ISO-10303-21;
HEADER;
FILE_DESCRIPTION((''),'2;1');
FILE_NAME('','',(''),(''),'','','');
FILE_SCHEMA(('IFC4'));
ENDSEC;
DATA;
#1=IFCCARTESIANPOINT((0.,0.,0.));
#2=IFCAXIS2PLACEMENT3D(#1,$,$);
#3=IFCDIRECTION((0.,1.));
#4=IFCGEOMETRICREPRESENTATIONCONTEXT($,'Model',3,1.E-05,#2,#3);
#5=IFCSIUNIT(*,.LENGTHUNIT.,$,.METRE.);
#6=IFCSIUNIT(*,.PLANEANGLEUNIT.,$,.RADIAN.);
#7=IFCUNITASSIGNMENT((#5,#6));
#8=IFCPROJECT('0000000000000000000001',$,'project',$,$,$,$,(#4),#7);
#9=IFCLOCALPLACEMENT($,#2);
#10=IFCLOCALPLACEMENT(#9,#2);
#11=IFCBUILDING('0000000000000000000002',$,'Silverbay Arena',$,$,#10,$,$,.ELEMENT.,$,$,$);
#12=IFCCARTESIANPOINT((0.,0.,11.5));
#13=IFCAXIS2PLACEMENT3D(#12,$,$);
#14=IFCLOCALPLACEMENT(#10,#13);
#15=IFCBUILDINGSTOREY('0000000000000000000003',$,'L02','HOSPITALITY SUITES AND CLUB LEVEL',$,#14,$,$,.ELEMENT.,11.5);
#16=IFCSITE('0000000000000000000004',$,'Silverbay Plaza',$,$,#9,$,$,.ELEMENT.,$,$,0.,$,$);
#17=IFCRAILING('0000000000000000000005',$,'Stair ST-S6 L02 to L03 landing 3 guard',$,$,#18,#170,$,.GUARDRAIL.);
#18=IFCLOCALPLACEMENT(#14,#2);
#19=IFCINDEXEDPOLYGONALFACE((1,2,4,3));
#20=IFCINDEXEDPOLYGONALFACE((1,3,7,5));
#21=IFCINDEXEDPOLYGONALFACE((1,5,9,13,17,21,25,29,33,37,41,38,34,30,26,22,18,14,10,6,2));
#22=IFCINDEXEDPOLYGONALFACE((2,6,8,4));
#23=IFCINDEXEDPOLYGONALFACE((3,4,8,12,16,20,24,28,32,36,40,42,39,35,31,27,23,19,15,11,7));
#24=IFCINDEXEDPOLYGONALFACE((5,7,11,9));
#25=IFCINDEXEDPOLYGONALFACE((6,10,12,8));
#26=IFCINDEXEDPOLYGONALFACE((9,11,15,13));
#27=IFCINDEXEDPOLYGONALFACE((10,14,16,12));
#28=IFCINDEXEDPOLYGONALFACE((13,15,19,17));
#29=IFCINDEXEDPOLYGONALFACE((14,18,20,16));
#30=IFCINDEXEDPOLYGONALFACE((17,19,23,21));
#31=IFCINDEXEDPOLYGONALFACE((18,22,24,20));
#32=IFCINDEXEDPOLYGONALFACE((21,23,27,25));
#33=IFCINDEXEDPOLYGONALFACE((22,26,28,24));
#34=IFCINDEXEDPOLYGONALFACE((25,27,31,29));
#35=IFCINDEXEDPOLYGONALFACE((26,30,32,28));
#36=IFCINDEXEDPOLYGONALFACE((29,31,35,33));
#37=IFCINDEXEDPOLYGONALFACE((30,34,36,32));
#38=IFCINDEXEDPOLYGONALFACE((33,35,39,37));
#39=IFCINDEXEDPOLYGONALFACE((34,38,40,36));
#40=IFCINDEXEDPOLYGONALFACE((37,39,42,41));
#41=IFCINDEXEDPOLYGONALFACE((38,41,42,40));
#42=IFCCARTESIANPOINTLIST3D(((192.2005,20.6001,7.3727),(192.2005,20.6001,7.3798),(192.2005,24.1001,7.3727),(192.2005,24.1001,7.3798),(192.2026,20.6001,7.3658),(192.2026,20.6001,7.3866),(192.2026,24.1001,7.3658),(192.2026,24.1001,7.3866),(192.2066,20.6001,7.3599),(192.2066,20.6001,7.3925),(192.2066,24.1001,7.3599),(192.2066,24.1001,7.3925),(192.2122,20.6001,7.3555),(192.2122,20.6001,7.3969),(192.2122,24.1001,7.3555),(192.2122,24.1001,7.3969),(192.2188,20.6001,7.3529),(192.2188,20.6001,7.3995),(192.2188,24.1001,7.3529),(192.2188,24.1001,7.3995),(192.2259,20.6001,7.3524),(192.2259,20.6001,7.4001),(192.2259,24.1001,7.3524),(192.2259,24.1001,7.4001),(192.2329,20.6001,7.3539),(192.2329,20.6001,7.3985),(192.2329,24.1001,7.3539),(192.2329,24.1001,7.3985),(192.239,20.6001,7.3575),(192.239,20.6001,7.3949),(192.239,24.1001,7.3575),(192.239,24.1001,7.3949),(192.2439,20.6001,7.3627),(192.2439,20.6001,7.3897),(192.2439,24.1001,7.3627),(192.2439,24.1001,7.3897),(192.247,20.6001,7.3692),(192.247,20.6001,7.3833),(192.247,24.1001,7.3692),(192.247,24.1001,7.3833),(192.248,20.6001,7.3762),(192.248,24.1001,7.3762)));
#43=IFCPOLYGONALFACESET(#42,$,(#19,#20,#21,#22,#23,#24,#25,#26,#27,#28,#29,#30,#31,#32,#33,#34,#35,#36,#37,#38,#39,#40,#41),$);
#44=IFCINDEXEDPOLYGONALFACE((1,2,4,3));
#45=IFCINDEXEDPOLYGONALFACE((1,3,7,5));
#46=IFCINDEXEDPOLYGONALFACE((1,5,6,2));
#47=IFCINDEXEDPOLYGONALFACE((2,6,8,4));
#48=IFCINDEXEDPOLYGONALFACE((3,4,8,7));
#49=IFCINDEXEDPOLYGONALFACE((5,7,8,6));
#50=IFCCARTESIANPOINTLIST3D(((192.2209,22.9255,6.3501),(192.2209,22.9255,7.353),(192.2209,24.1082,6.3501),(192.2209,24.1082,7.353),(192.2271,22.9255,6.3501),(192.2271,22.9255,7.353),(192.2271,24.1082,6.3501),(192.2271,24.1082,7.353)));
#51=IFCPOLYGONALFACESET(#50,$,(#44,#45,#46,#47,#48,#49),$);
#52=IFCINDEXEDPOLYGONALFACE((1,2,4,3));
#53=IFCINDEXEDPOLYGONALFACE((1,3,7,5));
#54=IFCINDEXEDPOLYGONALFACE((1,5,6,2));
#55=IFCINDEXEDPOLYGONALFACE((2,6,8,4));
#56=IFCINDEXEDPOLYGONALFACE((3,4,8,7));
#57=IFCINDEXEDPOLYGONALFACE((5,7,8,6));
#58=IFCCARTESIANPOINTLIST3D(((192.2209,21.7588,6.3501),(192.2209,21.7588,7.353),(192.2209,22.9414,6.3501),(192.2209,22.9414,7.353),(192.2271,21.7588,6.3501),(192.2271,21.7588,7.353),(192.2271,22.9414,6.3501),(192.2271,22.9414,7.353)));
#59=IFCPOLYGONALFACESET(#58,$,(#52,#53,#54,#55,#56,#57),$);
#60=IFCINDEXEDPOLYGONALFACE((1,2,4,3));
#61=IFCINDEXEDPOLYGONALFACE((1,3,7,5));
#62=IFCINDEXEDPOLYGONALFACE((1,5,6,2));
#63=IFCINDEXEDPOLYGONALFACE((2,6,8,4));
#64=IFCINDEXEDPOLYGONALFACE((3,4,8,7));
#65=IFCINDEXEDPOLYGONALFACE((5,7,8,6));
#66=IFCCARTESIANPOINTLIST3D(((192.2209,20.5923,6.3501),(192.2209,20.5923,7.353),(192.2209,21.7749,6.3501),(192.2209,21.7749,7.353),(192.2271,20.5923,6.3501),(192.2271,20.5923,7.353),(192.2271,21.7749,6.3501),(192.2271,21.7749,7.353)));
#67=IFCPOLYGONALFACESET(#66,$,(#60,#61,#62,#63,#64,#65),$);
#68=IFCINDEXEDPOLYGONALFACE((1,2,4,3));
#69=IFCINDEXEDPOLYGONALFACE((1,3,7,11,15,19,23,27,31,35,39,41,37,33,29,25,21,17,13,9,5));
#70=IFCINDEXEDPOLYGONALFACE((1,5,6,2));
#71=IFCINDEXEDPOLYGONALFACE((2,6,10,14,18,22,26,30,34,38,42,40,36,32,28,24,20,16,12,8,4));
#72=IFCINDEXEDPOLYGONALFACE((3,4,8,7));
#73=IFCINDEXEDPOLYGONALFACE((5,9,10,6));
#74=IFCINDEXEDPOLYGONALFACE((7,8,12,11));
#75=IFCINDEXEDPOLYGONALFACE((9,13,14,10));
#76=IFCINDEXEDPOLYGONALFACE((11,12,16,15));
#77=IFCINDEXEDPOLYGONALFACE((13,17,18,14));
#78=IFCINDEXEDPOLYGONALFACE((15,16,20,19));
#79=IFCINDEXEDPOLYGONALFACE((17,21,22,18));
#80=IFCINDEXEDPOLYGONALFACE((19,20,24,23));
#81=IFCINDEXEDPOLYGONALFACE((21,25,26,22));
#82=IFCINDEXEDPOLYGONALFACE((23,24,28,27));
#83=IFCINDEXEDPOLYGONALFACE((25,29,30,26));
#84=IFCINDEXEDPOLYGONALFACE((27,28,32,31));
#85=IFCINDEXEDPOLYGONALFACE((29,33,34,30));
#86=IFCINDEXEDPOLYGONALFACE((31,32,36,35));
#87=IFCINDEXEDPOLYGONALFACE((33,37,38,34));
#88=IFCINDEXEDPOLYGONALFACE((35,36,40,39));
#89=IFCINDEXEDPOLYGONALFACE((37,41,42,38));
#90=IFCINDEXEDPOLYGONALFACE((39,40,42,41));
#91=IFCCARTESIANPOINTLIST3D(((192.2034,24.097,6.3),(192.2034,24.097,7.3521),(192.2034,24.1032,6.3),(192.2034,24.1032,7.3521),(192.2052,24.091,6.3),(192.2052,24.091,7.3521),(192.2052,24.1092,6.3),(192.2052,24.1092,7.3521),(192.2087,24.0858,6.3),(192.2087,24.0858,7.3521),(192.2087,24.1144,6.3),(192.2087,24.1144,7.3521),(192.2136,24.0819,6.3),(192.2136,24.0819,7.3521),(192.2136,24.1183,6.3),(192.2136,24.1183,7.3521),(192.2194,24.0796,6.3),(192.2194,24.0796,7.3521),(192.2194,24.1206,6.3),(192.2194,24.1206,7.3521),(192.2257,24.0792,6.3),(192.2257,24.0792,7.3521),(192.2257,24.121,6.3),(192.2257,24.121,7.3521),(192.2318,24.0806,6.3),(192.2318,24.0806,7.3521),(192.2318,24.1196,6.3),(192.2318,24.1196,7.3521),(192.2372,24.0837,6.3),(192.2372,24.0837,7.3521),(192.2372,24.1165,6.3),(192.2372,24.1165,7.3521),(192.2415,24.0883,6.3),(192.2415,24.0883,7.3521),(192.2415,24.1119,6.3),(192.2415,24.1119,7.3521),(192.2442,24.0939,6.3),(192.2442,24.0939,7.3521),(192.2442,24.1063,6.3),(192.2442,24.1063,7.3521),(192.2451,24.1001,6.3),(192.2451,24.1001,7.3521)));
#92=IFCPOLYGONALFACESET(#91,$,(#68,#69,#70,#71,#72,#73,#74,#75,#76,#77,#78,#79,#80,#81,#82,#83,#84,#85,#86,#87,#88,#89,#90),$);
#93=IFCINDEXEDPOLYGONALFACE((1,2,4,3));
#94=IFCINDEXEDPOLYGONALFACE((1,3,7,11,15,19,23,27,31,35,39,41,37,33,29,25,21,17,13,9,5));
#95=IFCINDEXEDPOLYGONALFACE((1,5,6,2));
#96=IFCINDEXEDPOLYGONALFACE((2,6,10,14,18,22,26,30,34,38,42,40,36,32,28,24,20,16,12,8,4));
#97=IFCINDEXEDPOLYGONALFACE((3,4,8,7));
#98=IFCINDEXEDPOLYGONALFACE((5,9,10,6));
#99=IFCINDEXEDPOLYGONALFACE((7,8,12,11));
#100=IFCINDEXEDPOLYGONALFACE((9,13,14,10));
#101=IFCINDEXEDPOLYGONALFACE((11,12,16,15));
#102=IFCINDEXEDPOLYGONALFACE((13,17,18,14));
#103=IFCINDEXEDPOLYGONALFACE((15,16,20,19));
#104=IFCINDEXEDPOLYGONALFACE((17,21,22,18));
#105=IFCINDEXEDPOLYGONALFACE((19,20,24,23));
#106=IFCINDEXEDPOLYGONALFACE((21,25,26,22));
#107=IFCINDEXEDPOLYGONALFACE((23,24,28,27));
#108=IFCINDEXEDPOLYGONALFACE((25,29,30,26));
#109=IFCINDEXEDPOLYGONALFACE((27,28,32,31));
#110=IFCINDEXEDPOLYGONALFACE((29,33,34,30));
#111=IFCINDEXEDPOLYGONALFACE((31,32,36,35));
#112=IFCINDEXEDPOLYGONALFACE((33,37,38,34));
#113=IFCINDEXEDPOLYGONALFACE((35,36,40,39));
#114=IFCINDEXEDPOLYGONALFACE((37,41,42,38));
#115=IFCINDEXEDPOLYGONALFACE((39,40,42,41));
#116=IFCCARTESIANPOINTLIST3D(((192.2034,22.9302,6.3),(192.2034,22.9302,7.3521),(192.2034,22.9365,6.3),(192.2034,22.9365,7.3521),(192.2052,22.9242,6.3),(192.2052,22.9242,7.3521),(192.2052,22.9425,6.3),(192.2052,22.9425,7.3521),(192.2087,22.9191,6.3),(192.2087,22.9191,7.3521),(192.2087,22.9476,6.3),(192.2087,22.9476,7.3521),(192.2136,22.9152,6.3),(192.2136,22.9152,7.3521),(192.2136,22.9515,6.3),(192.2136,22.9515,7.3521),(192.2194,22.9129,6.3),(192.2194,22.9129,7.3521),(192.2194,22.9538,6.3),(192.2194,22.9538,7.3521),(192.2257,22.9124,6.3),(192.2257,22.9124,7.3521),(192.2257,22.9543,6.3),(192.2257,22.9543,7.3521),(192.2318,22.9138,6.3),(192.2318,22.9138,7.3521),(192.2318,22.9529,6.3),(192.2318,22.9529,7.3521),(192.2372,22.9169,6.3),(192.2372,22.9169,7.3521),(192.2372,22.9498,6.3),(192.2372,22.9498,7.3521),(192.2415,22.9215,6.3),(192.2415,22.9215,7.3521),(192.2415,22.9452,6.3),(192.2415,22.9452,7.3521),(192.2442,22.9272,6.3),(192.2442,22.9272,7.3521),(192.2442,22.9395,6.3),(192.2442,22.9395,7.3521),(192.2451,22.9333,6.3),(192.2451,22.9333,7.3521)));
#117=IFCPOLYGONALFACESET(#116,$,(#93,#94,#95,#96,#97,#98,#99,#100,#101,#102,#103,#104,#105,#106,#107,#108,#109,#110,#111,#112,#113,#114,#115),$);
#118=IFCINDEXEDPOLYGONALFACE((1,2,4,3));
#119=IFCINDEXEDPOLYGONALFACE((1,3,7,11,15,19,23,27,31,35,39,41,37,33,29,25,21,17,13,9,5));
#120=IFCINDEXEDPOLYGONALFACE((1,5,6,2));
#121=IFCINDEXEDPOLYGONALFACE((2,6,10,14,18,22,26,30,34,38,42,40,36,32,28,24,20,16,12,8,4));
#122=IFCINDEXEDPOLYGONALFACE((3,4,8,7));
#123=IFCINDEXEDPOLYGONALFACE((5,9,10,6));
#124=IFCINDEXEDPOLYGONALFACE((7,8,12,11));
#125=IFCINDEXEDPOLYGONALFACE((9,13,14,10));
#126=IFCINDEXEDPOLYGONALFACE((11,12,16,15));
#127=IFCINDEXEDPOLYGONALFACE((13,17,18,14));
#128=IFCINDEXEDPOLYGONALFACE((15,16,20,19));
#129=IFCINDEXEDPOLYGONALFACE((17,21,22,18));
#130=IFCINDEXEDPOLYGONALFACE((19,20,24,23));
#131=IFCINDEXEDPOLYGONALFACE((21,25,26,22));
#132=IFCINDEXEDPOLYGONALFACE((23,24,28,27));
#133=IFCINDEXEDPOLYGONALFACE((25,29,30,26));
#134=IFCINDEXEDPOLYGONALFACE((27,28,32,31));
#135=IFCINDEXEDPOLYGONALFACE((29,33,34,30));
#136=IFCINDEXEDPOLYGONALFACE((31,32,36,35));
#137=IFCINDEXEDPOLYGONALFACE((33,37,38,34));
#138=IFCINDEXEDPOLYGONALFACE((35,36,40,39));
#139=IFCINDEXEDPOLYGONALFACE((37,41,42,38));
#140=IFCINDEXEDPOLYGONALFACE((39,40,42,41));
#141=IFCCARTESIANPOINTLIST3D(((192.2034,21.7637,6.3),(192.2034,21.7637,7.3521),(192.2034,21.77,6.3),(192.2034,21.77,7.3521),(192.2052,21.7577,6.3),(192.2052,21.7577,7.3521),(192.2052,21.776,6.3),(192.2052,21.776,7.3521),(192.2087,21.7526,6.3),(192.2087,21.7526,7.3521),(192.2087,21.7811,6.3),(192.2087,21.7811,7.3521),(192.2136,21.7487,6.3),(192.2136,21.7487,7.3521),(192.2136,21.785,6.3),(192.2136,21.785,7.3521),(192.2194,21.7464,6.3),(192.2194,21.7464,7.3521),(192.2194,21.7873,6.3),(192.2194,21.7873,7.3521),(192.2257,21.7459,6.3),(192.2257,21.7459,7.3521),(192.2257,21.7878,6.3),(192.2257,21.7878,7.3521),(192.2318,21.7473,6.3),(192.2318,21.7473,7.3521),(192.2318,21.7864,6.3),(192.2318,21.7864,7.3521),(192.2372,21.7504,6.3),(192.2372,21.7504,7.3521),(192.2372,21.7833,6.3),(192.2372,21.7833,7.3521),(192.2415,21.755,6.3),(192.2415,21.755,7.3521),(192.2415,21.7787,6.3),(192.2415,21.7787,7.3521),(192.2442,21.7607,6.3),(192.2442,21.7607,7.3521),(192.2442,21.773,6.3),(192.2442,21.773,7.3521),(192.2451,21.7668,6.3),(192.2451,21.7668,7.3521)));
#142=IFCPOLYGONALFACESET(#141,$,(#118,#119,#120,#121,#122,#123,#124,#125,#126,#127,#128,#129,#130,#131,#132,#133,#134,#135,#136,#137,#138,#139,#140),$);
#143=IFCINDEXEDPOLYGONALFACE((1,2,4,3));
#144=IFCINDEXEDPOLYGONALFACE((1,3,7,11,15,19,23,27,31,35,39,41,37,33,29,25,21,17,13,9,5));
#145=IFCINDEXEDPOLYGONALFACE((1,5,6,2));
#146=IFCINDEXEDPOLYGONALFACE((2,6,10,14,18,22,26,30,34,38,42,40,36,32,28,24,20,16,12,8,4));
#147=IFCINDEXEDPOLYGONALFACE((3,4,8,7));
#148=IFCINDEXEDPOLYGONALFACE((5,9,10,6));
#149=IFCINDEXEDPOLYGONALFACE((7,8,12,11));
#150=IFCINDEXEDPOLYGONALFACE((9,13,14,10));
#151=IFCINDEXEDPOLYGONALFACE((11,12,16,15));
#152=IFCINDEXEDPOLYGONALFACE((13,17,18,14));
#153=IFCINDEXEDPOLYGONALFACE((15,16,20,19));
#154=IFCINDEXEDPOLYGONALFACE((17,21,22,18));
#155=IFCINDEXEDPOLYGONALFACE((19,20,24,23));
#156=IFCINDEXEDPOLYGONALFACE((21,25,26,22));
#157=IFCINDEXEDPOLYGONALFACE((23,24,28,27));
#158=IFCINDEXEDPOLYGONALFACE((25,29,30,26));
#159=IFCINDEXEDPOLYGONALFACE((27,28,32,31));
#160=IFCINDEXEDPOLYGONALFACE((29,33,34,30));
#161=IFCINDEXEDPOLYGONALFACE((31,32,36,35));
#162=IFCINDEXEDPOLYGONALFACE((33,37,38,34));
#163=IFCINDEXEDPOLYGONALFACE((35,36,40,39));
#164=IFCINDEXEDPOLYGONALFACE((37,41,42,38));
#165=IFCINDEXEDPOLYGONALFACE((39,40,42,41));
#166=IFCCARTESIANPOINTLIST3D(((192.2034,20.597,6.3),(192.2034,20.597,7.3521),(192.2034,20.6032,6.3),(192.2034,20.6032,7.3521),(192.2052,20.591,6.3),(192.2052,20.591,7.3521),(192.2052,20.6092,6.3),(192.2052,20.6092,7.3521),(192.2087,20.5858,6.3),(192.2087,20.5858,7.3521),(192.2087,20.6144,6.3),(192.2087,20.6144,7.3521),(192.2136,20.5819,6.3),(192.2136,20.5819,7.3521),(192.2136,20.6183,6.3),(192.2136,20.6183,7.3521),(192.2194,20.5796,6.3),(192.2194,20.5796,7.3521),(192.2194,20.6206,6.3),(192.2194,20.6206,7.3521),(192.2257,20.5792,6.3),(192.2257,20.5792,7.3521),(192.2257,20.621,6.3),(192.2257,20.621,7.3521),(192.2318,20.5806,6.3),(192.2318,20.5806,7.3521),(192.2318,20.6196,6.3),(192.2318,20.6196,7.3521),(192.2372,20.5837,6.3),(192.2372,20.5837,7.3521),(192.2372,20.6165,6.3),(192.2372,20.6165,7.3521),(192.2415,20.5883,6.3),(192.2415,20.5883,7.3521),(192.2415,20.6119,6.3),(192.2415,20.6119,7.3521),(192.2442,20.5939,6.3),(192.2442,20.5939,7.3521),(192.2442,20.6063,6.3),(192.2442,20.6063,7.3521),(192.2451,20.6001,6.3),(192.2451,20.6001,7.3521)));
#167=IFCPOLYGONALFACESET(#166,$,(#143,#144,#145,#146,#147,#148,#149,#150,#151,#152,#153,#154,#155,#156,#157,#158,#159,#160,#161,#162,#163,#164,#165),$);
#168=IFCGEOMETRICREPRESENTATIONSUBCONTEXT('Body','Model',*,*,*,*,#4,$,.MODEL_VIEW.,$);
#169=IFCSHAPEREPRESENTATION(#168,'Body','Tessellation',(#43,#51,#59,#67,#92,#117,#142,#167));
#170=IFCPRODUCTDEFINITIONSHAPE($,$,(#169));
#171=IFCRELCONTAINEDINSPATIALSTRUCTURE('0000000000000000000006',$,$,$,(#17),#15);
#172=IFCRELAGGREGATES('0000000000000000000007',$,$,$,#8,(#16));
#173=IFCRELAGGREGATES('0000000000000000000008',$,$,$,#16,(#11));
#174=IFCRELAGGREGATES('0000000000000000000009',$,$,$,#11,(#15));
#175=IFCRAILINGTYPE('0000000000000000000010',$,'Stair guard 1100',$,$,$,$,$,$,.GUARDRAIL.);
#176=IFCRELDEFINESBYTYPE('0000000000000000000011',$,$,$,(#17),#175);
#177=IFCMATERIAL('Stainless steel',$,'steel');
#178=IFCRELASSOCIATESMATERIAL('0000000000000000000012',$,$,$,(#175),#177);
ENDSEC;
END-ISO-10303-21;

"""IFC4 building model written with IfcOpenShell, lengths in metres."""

from ifc_helpers import new_model, si_unit, direction, frame, origin, origin_2d, place, context, subcontext, project, spatial, polyline, circle, outline, extrude, material, type_object, element, save


model = new_model("IFC4")

# Units and contexts
model_context = context("Model", 3, precision=1e-05, world=origin(), true_north=direction((0.0, 1.0)))
body_context = subcontext(model_context, "Body", "Model", "MODEL_VIEW")
ifc_project = project(units=[si_unit("LENGTHUNIT", "METRE"), si_unit("PLANEANGLEUNIT", "RADIAN")], contexts=[model_context])

# Site, building, storey
site_placement = place(None, origin())
site = spatial("IfcSite", under=ifc_project, at=site_placement, Name="Silverbay Plaza", CompositionType="ELEMENT", RefElevation=0.0)
building_placement = place(site_placement, origin())
building = spatial("IfcBuilding", under=site, at=building_placement, Name="Silverbay Arena", CompositionType="ELEMENT")
storey_placement = place(building_placement, frame((0.0, 0.0, 11.5)))
storey = spatial("IfcBuildingStorey", under=building, at=storey_placement, Name="L02", Description="HOSPITALITY SUITES AND CLUB LEVEL", CompositionType="ELEMENT", Elevation=11.5)

# Railing
ifc_material_1 = material(Name="Stainless steel", Category="steel")
railing_type_1 = type_object("IfcRailingType", Name="Stair guard 1100", PredefinedType="GUARDRAIL", material=ifc_material_1)
for number, where, name in (
    (1, (192.2241, 24.1001, 6.3), "Stair ST-S6 L02 to L03 landing 3 guard"),
):
    element("IfcRailing", number, at=place(storey_placement, frame(where)), inside=storey, type_object=railing_type_1, Name=name, PredefinedType="GUARDRAIL", context=body_context, shape_type="SweptSolid", body=[
        extrude(circle(Radius=0.0239, at=origin_2d()), frame((0.0, 0.0, 1.0762), z_axis=(0.0, -1.0, 0.0), x_axis=(1.0, 0.0, 0.0)), (0.0, 0.0, 1.0), 3.5),
        extrude(outline(polyline([(-0.0081, 0.05), (1.1746, 0.05), (1.1746, 1.053), (-0.0081, 1.053), (-0.0081, 0.05)])), frame((0.0029, 0.0, 0.0), z_axis=(-1.0, 0.0, 0.0), x_axis=(0.0, -1.0, 0.0)), (0.0, 0.0, 1.0), 0.0061),
        extrude(outline(polyline([(-0.0081, 0.05), (1.1746, 0.05), (1.1746, 1.053), (-0.0081, 1.053), (-0.0081, 0.05)])), frame((0.0029, -1.1667, 0.0), z_axis=(-1.0, 0.0, 0.0), x_axis=(0.0, -1.0, 0.0)), (0.0, 0.0, 1.0), 0.0061),
        extrude(outline(polyline([(-0.0081, 0.05), (1.1746, 0.05), (1.1746, 1.053), (-0.0081, 1.053), (-0.0081, 0.05)])), frame((0.0029, -2.3333, 0.0), z_axis=(-1.0, 0.0, 0.0), x_axis=(0.0, -1.0, 0.0)), (0.0, 0.0, 1.0), 0.0061),
        extrude(circle(Radius=0.021, at=origin_2d()), origin(), (0.0, 0.0, 1.0), 1.052),
        extrude(circle(Radius=0.021, at=origin_2d()), frame((0.0, -1.1667, 0.0)), (0.0, 0.0, 1.0), 1.052),
        extrude(circle(Radius=0.021, at=origin_2d()), frame((0.0, -2.3333, 0.0)), (0.0, 0.0, 1.0), 1.052),
        extrude(circle(Radius=0.021, at=origin_2d()), frame((0.0, -3.5, 0.0)), (0.0, 0.0, 1.0), 1.052),
    ])

save(model, "model.ifc")
